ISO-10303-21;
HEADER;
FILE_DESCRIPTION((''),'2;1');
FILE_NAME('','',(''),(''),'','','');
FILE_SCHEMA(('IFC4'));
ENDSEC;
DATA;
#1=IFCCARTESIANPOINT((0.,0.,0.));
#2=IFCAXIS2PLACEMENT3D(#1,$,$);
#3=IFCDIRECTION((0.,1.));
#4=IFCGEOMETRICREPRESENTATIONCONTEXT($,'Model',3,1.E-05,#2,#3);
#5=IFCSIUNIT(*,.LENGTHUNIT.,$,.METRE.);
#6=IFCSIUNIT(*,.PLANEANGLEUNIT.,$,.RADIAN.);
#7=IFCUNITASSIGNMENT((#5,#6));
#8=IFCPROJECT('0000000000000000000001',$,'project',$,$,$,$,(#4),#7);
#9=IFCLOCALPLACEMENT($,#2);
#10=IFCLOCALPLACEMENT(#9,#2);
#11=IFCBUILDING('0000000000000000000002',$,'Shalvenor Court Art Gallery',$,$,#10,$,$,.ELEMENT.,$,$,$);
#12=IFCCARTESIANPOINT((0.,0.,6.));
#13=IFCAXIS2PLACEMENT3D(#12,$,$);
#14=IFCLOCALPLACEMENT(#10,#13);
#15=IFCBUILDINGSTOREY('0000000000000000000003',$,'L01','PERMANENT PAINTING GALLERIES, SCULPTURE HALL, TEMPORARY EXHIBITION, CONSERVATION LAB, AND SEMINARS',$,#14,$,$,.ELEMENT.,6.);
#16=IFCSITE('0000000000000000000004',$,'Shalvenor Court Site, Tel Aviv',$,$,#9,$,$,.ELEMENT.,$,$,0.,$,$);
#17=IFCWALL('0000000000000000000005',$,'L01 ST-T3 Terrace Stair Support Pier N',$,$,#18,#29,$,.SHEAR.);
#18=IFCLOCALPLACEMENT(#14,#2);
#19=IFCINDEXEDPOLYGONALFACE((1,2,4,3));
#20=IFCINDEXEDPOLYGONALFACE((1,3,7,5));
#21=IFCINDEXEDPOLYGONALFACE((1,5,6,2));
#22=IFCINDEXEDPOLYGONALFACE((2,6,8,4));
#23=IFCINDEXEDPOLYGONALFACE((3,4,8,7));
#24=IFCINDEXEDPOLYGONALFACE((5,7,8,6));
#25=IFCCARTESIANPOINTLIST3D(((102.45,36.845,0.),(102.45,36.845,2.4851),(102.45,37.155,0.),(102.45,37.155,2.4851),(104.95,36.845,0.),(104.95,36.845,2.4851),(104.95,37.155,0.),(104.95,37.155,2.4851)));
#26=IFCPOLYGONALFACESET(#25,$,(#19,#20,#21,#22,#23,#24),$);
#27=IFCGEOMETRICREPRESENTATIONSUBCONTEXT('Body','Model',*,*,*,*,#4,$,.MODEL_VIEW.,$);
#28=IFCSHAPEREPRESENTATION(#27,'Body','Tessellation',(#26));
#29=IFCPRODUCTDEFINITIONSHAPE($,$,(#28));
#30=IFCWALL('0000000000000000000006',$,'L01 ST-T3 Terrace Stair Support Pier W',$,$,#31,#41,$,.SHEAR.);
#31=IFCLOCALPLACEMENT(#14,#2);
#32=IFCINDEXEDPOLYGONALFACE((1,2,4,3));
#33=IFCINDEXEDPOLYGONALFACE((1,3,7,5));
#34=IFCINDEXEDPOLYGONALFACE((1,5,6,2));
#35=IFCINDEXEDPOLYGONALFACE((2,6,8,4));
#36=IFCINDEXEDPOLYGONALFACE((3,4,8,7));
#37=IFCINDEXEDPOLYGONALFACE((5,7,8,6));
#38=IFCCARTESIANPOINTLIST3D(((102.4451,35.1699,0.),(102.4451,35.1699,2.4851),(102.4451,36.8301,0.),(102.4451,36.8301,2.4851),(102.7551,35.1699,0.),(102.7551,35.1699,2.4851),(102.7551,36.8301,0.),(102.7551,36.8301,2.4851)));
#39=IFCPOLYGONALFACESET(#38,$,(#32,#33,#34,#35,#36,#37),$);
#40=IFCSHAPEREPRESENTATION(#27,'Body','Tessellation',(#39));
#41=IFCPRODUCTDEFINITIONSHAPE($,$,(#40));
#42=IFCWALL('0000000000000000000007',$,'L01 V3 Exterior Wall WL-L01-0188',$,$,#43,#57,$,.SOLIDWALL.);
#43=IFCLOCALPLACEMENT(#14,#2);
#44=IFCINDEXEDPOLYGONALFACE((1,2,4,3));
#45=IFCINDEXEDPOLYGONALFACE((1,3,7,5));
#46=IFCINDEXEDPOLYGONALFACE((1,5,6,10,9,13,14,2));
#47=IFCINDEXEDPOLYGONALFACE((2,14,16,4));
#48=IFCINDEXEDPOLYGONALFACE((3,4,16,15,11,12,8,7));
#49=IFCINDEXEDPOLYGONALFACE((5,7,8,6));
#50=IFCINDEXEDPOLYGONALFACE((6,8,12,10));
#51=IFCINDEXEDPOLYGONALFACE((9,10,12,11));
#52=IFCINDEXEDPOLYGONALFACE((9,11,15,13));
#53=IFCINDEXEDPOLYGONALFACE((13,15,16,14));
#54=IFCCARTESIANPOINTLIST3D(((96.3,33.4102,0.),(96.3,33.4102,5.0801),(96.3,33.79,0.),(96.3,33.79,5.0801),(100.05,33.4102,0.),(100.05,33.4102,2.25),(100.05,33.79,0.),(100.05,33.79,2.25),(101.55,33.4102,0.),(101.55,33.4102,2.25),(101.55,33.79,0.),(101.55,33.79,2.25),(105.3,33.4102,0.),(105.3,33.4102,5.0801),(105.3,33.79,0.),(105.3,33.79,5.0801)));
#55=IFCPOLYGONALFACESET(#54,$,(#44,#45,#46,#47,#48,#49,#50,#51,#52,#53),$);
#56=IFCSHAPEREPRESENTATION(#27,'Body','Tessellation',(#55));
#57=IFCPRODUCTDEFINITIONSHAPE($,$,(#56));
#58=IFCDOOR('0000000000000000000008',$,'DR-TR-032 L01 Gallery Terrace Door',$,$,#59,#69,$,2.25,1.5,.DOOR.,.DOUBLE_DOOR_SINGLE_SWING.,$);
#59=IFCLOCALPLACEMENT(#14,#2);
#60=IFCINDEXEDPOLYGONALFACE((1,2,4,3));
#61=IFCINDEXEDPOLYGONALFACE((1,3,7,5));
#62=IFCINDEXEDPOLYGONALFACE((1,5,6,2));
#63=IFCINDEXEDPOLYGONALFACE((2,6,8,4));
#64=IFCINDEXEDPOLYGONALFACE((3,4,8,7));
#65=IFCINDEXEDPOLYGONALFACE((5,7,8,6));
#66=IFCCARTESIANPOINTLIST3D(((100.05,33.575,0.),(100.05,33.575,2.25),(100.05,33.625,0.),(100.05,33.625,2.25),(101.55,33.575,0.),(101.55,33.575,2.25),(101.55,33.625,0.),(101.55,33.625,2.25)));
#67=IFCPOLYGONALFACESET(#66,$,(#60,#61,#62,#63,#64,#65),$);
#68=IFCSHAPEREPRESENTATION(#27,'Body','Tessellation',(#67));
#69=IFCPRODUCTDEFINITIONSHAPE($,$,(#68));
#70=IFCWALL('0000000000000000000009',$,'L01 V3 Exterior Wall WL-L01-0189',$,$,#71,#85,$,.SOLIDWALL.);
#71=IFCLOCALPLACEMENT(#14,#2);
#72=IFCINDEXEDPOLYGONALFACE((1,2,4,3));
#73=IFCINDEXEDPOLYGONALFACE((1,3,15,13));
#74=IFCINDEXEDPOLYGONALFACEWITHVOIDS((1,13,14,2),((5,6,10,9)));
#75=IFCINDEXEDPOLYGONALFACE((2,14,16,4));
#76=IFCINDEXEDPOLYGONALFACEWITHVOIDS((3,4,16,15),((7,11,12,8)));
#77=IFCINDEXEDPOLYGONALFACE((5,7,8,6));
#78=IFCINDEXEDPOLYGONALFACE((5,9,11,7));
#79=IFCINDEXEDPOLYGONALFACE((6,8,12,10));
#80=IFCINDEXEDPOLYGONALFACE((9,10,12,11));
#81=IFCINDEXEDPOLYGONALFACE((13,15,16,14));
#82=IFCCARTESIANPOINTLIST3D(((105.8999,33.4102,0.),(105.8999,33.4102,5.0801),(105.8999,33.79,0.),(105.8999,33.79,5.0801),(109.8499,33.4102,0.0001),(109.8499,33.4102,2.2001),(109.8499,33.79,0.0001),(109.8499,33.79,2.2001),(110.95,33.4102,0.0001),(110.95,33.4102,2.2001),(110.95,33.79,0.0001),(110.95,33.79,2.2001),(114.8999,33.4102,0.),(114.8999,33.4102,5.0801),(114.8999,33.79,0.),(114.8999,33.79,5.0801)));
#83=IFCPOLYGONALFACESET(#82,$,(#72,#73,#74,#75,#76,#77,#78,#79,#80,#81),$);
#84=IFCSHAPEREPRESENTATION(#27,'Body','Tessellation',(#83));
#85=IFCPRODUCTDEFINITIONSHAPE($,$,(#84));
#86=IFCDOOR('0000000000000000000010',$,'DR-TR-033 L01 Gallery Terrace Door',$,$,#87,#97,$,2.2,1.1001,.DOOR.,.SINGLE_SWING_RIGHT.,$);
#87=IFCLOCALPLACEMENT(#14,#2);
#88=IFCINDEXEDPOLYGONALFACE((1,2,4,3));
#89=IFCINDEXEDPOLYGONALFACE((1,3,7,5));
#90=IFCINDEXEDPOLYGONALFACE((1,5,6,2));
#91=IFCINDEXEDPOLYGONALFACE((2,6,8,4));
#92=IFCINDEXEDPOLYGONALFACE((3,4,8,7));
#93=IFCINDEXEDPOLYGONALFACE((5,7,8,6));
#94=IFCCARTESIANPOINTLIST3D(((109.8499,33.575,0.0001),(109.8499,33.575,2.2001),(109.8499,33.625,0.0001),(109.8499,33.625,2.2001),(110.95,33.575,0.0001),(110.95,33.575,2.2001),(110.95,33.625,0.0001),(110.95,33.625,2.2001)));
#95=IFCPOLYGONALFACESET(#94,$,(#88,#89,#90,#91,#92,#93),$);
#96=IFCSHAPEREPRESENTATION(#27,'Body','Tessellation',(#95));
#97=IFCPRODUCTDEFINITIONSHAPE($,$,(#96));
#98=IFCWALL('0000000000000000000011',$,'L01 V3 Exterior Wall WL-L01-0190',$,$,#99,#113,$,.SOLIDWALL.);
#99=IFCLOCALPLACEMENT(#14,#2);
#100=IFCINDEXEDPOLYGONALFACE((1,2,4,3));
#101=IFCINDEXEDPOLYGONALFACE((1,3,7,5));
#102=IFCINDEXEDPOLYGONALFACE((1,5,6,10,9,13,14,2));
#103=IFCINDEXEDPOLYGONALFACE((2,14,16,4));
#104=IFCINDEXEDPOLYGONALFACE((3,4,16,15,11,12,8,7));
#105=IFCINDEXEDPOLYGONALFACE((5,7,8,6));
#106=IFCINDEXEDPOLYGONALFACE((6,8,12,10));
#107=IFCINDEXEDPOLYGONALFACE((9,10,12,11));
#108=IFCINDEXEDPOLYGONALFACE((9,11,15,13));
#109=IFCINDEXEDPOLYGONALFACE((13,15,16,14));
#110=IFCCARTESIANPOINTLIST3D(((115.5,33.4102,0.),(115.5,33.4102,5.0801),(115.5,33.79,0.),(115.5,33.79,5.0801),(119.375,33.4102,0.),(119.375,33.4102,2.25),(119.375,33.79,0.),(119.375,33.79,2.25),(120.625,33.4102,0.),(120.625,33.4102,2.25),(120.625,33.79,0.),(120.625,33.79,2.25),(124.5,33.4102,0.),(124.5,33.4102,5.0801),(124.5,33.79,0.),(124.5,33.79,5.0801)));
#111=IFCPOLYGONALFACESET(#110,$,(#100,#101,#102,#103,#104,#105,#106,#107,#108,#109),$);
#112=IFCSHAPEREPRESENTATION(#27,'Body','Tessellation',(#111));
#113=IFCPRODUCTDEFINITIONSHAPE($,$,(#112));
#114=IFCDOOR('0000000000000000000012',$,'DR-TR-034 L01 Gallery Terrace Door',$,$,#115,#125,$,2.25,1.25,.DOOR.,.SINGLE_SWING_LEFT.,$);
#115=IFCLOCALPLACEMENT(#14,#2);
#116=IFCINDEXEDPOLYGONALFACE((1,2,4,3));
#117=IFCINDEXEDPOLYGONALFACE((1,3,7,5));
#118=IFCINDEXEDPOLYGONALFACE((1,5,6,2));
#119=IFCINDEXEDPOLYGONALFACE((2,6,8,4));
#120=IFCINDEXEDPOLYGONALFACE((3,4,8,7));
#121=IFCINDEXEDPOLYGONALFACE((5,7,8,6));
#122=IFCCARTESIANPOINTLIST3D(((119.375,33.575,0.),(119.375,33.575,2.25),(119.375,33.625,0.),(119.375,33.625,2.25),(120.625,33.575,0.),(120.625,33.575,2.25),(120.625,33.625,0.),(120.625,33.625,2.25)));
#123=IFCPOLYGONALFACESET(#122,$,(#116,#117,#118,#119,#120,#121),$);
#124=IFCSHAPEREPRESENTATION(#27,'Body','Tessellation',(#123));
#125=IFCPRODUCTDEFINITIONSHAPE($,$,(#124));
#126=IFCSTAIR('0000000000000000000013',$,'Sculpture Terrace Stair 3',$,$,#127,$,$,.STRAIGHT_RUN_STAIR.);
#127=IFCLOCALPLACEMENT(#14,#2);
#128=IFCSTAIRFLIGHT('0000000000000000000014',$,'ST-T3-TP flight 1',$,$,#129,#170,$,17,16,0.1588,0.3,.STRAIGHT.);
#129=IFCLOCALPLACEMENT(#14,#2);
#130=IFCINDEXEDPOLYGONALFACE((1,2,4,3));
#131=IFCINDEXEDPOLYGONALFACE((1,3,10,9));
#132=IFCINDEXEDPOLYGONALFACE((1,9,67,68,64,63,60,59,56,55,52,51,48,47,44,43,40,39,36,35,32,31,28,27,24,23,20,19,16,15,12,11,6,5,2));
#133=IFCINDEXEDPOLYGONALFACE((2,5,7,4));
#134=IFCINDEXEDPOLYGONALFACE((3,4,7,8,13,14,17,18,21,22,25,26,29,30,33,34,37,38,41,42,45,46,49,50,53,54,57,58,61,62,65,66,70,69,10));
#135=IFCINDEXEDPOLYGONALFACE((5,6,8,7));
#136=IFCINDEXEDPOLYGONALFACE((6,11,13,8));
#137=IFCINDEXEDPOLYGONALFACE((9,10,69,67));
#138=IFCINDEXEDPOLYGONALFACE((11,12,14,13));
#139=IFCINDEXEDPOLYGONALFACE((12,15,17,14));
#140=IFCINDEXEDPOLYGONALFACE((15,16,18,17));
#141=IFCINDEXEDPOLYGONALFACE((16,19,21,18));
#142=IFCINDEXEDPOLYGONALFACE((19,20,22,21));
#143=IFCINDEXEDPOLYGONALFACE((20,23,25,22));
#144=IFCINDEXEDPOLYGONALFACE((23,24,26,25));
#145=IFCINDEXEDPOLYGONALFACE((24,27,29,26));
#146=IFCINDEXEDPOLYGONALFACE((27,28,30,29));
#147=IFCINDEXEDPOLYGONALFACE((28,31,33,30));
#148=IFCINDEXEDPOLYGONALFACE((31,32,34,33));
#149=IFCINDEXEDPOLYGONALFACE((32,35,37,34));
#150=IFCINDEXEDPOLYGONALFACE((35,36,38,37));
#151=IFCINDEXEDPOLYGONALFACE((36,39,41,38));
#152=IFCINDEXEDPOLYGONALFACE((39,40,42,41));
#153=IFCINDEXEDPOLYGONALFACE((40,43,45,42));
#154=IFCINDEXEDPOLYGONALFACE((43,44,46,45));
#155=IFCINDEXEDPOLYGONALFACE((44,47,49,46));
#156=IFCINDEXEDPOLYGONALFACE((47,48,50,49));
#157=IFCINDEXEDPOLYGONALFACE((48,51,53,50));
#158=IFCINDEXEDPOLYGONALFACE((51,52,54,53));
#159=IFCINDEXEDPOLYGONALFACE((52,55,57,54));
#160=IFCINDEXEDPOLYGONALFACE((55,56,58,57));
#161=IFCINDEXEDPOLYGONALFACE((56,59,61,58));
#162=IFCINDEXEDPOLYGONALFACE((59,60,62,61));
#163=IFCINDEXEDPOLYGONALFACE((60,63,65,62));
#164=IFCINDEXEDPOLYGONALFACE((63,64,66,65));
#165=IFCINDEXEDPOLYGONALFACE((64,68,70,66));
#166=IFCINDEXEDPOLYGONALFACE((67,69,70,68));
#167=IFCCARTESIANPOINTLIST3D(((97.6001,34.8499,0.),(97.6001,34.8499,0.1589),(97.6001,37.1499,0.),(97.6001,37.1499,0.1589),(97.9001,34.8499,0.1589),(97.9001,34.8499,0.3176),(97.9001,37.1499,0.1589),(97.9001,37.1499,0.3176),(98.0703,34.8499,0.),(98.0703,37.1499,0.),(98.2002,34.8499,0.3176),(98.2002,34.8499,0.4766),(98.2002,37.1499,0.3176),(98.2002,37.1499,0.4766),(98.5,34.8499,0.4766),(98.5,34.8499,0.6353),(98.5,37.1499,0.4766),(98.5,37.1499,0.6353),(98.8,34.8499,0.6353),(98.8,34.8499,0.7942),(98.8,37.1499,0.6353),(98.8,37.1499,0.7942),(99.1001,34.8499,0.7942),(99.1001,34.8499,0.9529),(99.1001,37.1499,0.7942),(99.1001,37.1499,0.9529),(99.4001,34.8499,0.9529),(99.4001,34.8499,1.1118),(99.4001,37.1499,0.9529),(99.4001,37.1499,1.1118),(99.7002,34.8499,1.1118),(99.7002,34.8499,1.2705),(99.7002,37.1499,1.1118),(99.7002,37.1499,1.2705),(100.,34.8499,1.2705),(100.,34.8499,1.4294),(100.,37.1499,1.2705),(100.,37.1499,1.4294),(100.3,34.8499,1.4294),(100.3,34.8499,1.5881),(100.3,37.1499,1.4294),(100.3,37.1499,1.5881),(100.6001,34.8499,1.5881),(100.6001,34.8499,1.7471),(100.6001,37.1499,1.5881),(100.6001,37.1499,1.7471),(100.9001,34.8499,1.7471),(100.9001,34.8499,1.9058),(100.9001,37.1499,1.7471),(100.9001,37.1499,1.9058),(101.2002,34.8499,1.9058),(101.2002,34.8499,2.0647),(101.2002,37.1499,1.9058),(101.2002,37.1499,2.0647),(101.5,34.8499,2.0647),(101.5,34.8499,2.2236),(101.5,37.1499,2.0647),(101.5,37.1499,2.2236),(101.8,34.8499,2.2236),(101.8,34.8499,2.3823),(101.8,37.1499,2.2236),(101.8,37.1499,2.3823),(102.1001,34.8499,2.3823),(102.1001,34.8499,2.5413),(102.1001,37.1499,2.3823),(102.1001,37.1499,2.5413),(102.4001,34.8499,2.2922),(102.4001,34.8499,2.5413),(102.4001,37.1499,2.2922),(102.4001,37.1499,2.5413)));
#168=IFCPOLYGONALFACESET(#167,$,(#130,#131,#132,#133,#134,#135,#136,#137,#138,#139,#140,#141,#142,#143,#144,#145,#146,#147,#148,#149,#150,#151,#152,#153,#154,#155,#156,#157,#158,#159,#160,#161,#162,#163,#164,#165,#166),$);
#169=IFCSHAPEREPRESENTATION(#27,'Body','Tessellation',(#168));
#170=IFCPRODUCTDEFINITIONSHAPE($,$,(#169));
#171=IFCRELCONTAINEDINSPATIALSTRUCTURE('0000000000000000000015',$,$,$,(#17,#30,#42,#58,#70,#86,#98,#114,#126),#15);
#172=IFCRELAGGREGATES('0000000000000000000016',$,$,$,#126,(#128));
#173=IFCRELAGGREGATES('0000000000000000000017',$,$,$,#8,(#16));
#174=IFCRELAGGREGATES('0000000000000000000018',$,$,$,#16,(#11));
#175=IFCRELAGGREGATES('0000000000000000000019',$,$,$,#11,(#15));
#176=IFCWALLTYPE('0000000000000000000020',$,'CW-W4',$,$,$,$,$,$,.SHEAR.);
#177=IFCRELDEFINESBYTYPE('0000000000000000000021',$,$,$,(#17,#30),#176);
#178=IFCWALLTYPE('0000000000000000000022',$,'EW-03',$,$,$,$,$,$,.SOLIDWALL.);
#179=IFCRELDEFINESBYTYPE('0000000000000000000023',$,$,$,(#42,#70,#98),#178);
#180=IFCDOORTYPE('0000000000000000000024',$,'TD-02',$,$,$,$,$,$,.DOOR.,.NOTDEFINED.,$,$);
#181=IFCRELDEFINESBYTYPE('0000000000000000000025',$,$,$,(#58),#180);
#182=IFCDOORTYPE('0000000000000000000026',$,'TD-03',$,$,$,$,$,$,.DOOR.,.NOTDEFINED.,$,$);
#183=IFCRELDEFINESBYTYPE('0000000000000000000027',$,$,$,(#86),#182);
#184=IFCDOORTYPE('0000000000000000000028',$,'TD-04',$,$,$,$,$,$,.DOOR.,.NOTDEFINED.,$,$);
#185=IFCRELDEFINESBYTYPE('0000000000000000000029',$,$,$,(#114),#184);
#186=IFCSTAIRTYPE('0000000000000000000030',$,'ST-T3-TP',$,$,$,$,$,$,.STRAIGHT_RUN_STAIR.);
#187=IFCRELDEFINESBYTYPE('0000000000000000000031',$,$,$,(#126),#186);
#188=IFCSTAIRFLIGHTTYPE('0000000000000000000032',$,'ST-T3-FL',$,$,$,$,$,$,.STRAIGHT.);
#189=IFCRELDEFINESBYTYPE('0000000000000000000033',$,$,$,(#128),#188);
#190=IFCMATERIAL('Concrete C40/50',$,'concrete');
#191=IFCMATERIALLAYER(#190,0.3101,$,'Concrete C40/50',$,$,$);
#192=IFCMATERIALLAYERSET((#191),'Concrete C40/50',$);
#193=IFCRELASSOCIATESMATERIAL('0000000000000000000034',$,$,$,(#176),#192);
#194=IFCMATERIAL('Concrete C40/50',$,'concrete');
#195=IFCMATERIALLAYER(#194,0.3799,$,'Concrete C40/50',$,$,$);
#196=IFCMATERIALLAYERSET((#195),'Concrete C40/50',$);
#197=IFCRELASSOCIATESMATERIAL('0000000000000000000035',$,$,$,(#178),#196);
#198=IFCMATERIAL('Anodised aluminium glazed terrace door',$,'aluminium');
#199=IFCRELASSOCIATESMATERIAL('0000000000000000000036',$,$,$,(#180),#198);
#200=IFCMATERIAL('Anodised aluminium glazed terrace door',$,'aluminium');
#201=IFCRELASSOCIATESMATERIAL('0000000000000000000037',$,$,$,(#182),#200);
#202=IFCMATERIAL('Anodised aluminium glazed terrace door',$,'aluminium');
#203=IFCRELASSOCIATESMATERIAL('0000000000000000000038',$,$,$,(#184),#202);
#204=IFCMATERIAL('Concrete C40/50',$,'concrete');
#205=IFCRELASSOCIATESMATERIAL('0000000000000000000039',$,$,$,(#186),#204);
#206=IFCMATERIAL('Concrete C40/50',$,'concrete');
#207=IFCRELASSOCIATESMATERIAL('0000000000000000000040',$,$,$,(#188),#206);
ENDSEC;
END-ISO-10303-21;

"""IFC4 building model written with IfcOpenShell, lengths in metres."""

from ifc_helpers import new_model, si_unit, direction, frame, frame_2d, origin, place, context, subcontext, project, spatial, polyline, rectangle, outline, extrude, material, layer, layer_set, type_object, element, fill, aggregate, save


model = new_model("IFC4")

# Units and contexts
model_context = context("Model", 3, precision=1e-05, world=origin(), true_north=direction((0.0, 1.0)))
body_context = subcontext(model_context, "Body", "Model", "MODEL_VIEW")
ifc_project = project(units=[si_unit("LENGTHUNIT", "METRE"), si_unit("PLANEANGLEUNIT", "RADIAN")], contexts=[model_context])

# Site, building, storey
site_placement = place(None, origin())
site = spatial("IfcSite", under=ifc_project, at=site_placement, Name="Shalvenor Court Site, Tel Aviv", CompositionType="ELEMENT", RefElevation=0.0)
building_placement = place(site_placement, origin())
building = spatial("IfcBuilding", under=site, at=building_placement, Name="Shalvenor Court Art Gallery", CompositionType="ELEMENT")
storey_placement = place(building_placement, frame((0.0, 0.0, 6.0)))
storey = spatial("IfcBuildingStorey", under=building, at=storey_placement, Name="L01", Description="PERMANENT PAINTING GALLERIES, SCULPTURE HALL, TEMPORARY EXHIBITION, CONSERVATION LAB, AND SEMINARS", CompositionType="ELEMENT", Elevation=6.0)

# Walls
ifc_material_1 = material(Name="Concrete C40/50", Category="concrete")
ifc_layer_1 = layer(ifc_material_1, 0.3101, Name="Concrete C40/50")
ifc_layer_set_1 = layer_set([ifc_layer_1], Name="Concrete C40/50")
wall_type_1 = type_object("IfcWallType", Name="CW-W4", PredefinedType="SHEAR", material=ifc_layer_set_1)
for number, where, z_axis, x_axis, name in (
    (1, (104.95, 37.0, 0.0), (0.0, 0.0, 1.0), (-1.0, 0.0, 0.0), "L01 ST-T3 Terrace Stair Support Pier N"),
):
    element("IfcWall", number, at=place(storey_placement, frame(where, z_axis=z_axis, x_axis=x_axis)), inside=storey, type_object=wall_type_1, Name=name, PredefinedType="SHEAR", context=body_context, shape_type="SweptSolid", body=[
        extrude(rectangle(XDim=2.5, YDim=0.3101, at=frame_2d((1.25, 0.0))), origin(), (0.0, 0.0, 1.0), 2.4851),
    ])
wall_1_placement = place(storey_placement, frame((102.6001, 35.1699, 0.0), z_axis=(0.0, 0.0, 1.0), x_axis=(0.0, 1.0, 0.0)))
element("IfcWall", 2, at=wall_1_placement, inside=storey, type_object=wall_type_1, Name="L01 ST-T3 Terrace Stair Support Pier W", PredefinedType="SHEAR", context=body_context, shape_type="SweptSolid", body=[
    extrude(rectangle(XDim=1.6602, YDim=0.3101, at=frame_2d((0.8301, 0.0))), origin(), (0.0, 0.0, 1.0), 2.4851),
])

# Walls, openings, doors
ifc_material_2 = material(Name="Concrete C40/50", Category="concrete")
ifc_layer_2 = layer(ifc_material_2, 0.3799, Name="Concrete C40/50")
ifc_layer_set_2 = layer_set([ifc_layer_2], Name="Concrete C40/50")
wall_type_2 = type_object("IfcWallType", Name="EW-03", PredefinedType="SOLIDWALL", material=ifc_layer_set_2)
wall_2_placement = place(storey_placement, frame((96.3, 33.6001, 0.0), z_axis=(0.0, 0.0, 1.0), x_axis=(1.0, 0.0, 0.0)))
wall_2 = element("IfcWall", 3, at=wall_2_placement, inside=storey, type_object=wall_type_2, Name="L01 V3 Exterior Wall WL-L01-0188", PredefinedType="SOLIDWALL", context=body_context, shape_type="SweptSolid", body=[
    extrude(rectangle(XDim=9.0, YDim=0.3799, at=frame_2d((4.5, 0.0))), origin(), (0.0, 0.0, 1.0), 5.0801),
])
opening_1_placement = place(wall_2_placement, frame((3.75, 0.0, 0.0)))
opening_1 = element("IfcOpeningElement", 4, at=opening_1_placement, cuts=wall_2, PredefinedType="OPENING", context=body_context, shape_type="SweptSolid", body=[
    extrude(rectangle(XDim=1.5, YDim=2.25, at=frame_2d((0.75, 1.125))), frame((0.0, 0.2, 0.0), z_axis=(0.0, -1.0, 0.0), x_axis=(1.0, 0.0, 0.0)), (0.0, 0.0, 1.0), 0.3999),
])
ifc_material_3 = material(Name="Anodised aluminium glazed terrace door", Category="aluminium")
door_type_1 = type_object("IfcDoorType", Name="TD-02", OperationType="NOTDEFINED", PredefinedType="DOOR", material=ifc_material_3)
door_1_placement = place(opening_1_placement, origin())
door_1 = element("IfcDoor", 5, at=door_1_placement, inside=storey, type_object=door_type_1, Name="DR-TR-032 L01 Gallery Terrace Door", OperationType="DOUBLE_DOOR_SINGLE_SWING", OverallHeight=2.25, OverallWidth=1.5, PredefinedType="DOOR", context=body_context, shape_type="SweptSolid", body=[
    extrude(rectangle(XDim=1.5, YDim=2.25, at=frame_2d((0.75, 1.125))), frame((0.0, 0.0249, 0.0), z_axis=(0.0, -1.0, 0.0), x_axis=(1.0, 0.0, 0.0)), (0.0, 0.0, 1.0), 0.05),
])
fill(opening_1, door_1)
wall_3_placement = place(storey_placement, frame((105.8999, 33.6001, 0.0), z_axis=(0.0, 0.0, 1.0), x_axis=(1.0, 0.0, 0.0)))
wall_3 = element("IfcWall", 6, at=wall_3_placement, inside=storey, type_object=wall_type_2, Name="L01 V3 Exterior Wall WL-L01-0189", PredefinedType="SOLIDWALL", context=body_context, shape_type="SweptSolid", body=[
    extrude(rectangle(XDim=9.0, YDim=0.3799, at=frame_2d((4.5, 0.0))), origin(), (0.0, 0.0, 1.0), 5.0801),
])
opening_2_placement = place(wall_3_placement, frame((3.95, 0.0, 0.0)))
opening_2 = element("IfcOpeningElement", 7, at=opening_2_placement, cuts=wall_3, PredefinedType="OPENING", context=body_context, shape_type="SweptSolid", body=[
    extrude(rectangle(XDim=1.1001, YDim=2.2, at=frame_2d((0.55, 1.1001))), frame((0.0, 0.2, 0.0), z_axis=(0.0, -1.0, 0.0), x_axis=(1.0, 0.0, 0.0)), (0.0, 0.0, 1.0), 0.3999),
])
ifc_material_4 = material(Name="Anodised aluminium glazed terrace door", Category="aluminium")
door_type_2 = type_object("IfcDoorType", Name="TD-03", OperationType="NOTDEFINED", PredefinedType="DOOR", material=ifc_material_4)
door_2_placement = place(opening_2_placement, origin())
door_2 = element("IfcDoor", 8, at=door_2_placement, inside=storey, type_object=door_type_2, Name="DR-TR-033 L01 Gallery Terrace Door", OperationType="SINGLE_SWING_RIGHT", OverallHeight=2.2, OverallWidth=1.1001, PredefinedType="DOOR", context=body_context, shape_type="SweptSolid", body=[
    extrude(rectangle(XDim=1.1001, YDim=2.2, at=frame_2d((0.55, 1.1001))), frame((0.0, 0.0249, 0.0), z_axis=(0.0, -1.0, 0.0), x_axis=(1.0, 0.0, 0.0)), (0.0, 0.0, 1.0), 0.05),
])
fill(opening_2, door_2)
wall_4_placement = place(storey_placement, frame((115.5, 33.6001, 0.0), z_axis=(0.0, 0.0, 1.0), x_axis=(1.0, 0.0, 0.0)))
wall_4 = element("IfcWall", 9, at=wall_4_placement, inside=storey, type_object=wall_type_2, Name="L01 V3 Exterior Wall WL-L01-0190", PredefinedType="SOLIDWALL", context=body_context, shape_type="SweptSolid", body=[
    extrude(rectangle(XDim=9.0, YDim=0.3799, at=frame_2d((4.5, 0.0))), origin(), (0.0, 0.0, 1.0), 5.0801),
])
opening_3_placement = place(wall_4_placement, frame((3.875, 0.0, 0.0)))
opening_3 = element("IfcOpeningElement", 10, at=opening_3_placement, cuts=wall_4, PredefinedType="OPENING", context=body_context, shape_type="SweptSolid", body=[
    extrude(rectangle(XDim=1.25, YDim=2.25, at=frame_2d((0.625, 1.125))), frame((0.0, 0.2, 0.0), z_axis=(0.0, -1.0, 0.0), x_axis=(1.0, 0.0, 0.0)), (0.0, 0.0, 1.0), 0.3999),
])
ifc_material_5 = material(Name="Anodised aluminium glazed terrace door", Category="aluminium")
door_type_3 = type_object("IfcDoorType", Name="TD-04", OperationType="NOTDEFINED", PredefinedType="DOOR", material=ifc_material_5)
door_3_placement = place(opening_3_placement, origin())
door_3 = element("IfcDoor", 11, at=door_3_placement, inside=storey, type_object=door_type_3, Name="DR-TR-034 L01 Gallery Terrace Door", OperationType="SINGLE_SWING_LEFT", OverallHeight=2.25, OverallWidth=1.25, PredefinedType="DOOR", context=body_context, shape_type="SweptSolid", body=[
    extrude(rectangle(XDim=1.25, YDim=2.25, at=frame_2d((0.625, 1.125))), frame((0.0, 0.0249, 0.0), z_axis=(0.0, -1.0, 0.0), x_axis=(1.0, 0.0, 0.0)), (0.0, 0.0, 1.0), 0.05),
])
fill(opening_3, door_3)

# Stair, stair flight
ifc_material_6 = material(Name="Concrete C40/50", Category="concrete")
stair_type = type_object("IfcStairType", Name="ST-T3-TP", PredefinedType="STRAIGHT_RUN_STAIR", material=ifc_material_6)
stair_placement = place(storey_placement, origin())
stair = element("IfcStair", 12, at=stair_placement, inside=storey, type_object=stair_type, Name="Sculpture Terrace Stair 3", PredefinedType="STRAIGHT_RUN_STAIR")
ifc_material_7 = material(Name="Concrete C40/50", Category="concrete")
stair_flight_type = type_object("IfcStairFlightType", Name="ST-T3-FL", PredefinedType="STRAIGHT", material=ifc_material_7)
stair_flight_1_placement = place(storey_placement, frame((97.6001, 36.0, 0.0), z_axis=(0.0, 0.0, 1.0), x_axis=(1.0, 0.0, 0.0)))
stair_flight_1 = element("IfcStairFlight", 13, at=stair_flight_1_placement, type_object=stair_flight_type, Name="ST-T3-TP flight 1", NumberOfRisers=17, NumberOfTreads=16, PredefinedType="STRAIGHT", RiserHeight=0.1588, TreadLength=0.3, context=body_context, shape_type="SweptSolid", body=[
    extrude(outline(polyline([(0.0, 0.0), (0.0, 0.1589), (0.3, 0.1589), (0.3, 0.3176), (0.6001, 0.3176), (0.6001, 0.4766), (0.8999, 0.4766), (0.8999, 0.6353), (1.2, 0.6353), (1.2, 0.7942), (1.5, 0.7942), (1.5, 0.9529), (1.8, 0.9529), (1.8, 1.1118), (2.1001, 1.1118), (2.1001, 1.2705), (2.3999, 1.2705), (2.3999, 1.4294), (2.7, 1.4294), (2.7, 1.5881), (3.0, 1.5881), (3.0, 1.7471), (3.3, 1.7471), (3.3, 1.9058), (3.6001, 1.9058), (3.6001, 2.0647), (3.8999, 2.0647), (3.8999, 2.2236), (4.2, 2.2236), (4.2, 2.3823), (4.5, 2.3823), (4.5, 2.5413), (4.8, 2.5413), (4.8, 2.7), (4.8, 2.2922), (0.4702, 0.0), (0.0, 0.0)])), frame((0.0, 1.1499, 0.0), z_axis=(0.0, -1.0, 0.0), x_axis=(1.0, 0.0, 0.0)), (0.0, 0.0, 1.0), 2.3),
])
aggregate(stair, [stair_flight_1])

save(model, "model.ifc")
